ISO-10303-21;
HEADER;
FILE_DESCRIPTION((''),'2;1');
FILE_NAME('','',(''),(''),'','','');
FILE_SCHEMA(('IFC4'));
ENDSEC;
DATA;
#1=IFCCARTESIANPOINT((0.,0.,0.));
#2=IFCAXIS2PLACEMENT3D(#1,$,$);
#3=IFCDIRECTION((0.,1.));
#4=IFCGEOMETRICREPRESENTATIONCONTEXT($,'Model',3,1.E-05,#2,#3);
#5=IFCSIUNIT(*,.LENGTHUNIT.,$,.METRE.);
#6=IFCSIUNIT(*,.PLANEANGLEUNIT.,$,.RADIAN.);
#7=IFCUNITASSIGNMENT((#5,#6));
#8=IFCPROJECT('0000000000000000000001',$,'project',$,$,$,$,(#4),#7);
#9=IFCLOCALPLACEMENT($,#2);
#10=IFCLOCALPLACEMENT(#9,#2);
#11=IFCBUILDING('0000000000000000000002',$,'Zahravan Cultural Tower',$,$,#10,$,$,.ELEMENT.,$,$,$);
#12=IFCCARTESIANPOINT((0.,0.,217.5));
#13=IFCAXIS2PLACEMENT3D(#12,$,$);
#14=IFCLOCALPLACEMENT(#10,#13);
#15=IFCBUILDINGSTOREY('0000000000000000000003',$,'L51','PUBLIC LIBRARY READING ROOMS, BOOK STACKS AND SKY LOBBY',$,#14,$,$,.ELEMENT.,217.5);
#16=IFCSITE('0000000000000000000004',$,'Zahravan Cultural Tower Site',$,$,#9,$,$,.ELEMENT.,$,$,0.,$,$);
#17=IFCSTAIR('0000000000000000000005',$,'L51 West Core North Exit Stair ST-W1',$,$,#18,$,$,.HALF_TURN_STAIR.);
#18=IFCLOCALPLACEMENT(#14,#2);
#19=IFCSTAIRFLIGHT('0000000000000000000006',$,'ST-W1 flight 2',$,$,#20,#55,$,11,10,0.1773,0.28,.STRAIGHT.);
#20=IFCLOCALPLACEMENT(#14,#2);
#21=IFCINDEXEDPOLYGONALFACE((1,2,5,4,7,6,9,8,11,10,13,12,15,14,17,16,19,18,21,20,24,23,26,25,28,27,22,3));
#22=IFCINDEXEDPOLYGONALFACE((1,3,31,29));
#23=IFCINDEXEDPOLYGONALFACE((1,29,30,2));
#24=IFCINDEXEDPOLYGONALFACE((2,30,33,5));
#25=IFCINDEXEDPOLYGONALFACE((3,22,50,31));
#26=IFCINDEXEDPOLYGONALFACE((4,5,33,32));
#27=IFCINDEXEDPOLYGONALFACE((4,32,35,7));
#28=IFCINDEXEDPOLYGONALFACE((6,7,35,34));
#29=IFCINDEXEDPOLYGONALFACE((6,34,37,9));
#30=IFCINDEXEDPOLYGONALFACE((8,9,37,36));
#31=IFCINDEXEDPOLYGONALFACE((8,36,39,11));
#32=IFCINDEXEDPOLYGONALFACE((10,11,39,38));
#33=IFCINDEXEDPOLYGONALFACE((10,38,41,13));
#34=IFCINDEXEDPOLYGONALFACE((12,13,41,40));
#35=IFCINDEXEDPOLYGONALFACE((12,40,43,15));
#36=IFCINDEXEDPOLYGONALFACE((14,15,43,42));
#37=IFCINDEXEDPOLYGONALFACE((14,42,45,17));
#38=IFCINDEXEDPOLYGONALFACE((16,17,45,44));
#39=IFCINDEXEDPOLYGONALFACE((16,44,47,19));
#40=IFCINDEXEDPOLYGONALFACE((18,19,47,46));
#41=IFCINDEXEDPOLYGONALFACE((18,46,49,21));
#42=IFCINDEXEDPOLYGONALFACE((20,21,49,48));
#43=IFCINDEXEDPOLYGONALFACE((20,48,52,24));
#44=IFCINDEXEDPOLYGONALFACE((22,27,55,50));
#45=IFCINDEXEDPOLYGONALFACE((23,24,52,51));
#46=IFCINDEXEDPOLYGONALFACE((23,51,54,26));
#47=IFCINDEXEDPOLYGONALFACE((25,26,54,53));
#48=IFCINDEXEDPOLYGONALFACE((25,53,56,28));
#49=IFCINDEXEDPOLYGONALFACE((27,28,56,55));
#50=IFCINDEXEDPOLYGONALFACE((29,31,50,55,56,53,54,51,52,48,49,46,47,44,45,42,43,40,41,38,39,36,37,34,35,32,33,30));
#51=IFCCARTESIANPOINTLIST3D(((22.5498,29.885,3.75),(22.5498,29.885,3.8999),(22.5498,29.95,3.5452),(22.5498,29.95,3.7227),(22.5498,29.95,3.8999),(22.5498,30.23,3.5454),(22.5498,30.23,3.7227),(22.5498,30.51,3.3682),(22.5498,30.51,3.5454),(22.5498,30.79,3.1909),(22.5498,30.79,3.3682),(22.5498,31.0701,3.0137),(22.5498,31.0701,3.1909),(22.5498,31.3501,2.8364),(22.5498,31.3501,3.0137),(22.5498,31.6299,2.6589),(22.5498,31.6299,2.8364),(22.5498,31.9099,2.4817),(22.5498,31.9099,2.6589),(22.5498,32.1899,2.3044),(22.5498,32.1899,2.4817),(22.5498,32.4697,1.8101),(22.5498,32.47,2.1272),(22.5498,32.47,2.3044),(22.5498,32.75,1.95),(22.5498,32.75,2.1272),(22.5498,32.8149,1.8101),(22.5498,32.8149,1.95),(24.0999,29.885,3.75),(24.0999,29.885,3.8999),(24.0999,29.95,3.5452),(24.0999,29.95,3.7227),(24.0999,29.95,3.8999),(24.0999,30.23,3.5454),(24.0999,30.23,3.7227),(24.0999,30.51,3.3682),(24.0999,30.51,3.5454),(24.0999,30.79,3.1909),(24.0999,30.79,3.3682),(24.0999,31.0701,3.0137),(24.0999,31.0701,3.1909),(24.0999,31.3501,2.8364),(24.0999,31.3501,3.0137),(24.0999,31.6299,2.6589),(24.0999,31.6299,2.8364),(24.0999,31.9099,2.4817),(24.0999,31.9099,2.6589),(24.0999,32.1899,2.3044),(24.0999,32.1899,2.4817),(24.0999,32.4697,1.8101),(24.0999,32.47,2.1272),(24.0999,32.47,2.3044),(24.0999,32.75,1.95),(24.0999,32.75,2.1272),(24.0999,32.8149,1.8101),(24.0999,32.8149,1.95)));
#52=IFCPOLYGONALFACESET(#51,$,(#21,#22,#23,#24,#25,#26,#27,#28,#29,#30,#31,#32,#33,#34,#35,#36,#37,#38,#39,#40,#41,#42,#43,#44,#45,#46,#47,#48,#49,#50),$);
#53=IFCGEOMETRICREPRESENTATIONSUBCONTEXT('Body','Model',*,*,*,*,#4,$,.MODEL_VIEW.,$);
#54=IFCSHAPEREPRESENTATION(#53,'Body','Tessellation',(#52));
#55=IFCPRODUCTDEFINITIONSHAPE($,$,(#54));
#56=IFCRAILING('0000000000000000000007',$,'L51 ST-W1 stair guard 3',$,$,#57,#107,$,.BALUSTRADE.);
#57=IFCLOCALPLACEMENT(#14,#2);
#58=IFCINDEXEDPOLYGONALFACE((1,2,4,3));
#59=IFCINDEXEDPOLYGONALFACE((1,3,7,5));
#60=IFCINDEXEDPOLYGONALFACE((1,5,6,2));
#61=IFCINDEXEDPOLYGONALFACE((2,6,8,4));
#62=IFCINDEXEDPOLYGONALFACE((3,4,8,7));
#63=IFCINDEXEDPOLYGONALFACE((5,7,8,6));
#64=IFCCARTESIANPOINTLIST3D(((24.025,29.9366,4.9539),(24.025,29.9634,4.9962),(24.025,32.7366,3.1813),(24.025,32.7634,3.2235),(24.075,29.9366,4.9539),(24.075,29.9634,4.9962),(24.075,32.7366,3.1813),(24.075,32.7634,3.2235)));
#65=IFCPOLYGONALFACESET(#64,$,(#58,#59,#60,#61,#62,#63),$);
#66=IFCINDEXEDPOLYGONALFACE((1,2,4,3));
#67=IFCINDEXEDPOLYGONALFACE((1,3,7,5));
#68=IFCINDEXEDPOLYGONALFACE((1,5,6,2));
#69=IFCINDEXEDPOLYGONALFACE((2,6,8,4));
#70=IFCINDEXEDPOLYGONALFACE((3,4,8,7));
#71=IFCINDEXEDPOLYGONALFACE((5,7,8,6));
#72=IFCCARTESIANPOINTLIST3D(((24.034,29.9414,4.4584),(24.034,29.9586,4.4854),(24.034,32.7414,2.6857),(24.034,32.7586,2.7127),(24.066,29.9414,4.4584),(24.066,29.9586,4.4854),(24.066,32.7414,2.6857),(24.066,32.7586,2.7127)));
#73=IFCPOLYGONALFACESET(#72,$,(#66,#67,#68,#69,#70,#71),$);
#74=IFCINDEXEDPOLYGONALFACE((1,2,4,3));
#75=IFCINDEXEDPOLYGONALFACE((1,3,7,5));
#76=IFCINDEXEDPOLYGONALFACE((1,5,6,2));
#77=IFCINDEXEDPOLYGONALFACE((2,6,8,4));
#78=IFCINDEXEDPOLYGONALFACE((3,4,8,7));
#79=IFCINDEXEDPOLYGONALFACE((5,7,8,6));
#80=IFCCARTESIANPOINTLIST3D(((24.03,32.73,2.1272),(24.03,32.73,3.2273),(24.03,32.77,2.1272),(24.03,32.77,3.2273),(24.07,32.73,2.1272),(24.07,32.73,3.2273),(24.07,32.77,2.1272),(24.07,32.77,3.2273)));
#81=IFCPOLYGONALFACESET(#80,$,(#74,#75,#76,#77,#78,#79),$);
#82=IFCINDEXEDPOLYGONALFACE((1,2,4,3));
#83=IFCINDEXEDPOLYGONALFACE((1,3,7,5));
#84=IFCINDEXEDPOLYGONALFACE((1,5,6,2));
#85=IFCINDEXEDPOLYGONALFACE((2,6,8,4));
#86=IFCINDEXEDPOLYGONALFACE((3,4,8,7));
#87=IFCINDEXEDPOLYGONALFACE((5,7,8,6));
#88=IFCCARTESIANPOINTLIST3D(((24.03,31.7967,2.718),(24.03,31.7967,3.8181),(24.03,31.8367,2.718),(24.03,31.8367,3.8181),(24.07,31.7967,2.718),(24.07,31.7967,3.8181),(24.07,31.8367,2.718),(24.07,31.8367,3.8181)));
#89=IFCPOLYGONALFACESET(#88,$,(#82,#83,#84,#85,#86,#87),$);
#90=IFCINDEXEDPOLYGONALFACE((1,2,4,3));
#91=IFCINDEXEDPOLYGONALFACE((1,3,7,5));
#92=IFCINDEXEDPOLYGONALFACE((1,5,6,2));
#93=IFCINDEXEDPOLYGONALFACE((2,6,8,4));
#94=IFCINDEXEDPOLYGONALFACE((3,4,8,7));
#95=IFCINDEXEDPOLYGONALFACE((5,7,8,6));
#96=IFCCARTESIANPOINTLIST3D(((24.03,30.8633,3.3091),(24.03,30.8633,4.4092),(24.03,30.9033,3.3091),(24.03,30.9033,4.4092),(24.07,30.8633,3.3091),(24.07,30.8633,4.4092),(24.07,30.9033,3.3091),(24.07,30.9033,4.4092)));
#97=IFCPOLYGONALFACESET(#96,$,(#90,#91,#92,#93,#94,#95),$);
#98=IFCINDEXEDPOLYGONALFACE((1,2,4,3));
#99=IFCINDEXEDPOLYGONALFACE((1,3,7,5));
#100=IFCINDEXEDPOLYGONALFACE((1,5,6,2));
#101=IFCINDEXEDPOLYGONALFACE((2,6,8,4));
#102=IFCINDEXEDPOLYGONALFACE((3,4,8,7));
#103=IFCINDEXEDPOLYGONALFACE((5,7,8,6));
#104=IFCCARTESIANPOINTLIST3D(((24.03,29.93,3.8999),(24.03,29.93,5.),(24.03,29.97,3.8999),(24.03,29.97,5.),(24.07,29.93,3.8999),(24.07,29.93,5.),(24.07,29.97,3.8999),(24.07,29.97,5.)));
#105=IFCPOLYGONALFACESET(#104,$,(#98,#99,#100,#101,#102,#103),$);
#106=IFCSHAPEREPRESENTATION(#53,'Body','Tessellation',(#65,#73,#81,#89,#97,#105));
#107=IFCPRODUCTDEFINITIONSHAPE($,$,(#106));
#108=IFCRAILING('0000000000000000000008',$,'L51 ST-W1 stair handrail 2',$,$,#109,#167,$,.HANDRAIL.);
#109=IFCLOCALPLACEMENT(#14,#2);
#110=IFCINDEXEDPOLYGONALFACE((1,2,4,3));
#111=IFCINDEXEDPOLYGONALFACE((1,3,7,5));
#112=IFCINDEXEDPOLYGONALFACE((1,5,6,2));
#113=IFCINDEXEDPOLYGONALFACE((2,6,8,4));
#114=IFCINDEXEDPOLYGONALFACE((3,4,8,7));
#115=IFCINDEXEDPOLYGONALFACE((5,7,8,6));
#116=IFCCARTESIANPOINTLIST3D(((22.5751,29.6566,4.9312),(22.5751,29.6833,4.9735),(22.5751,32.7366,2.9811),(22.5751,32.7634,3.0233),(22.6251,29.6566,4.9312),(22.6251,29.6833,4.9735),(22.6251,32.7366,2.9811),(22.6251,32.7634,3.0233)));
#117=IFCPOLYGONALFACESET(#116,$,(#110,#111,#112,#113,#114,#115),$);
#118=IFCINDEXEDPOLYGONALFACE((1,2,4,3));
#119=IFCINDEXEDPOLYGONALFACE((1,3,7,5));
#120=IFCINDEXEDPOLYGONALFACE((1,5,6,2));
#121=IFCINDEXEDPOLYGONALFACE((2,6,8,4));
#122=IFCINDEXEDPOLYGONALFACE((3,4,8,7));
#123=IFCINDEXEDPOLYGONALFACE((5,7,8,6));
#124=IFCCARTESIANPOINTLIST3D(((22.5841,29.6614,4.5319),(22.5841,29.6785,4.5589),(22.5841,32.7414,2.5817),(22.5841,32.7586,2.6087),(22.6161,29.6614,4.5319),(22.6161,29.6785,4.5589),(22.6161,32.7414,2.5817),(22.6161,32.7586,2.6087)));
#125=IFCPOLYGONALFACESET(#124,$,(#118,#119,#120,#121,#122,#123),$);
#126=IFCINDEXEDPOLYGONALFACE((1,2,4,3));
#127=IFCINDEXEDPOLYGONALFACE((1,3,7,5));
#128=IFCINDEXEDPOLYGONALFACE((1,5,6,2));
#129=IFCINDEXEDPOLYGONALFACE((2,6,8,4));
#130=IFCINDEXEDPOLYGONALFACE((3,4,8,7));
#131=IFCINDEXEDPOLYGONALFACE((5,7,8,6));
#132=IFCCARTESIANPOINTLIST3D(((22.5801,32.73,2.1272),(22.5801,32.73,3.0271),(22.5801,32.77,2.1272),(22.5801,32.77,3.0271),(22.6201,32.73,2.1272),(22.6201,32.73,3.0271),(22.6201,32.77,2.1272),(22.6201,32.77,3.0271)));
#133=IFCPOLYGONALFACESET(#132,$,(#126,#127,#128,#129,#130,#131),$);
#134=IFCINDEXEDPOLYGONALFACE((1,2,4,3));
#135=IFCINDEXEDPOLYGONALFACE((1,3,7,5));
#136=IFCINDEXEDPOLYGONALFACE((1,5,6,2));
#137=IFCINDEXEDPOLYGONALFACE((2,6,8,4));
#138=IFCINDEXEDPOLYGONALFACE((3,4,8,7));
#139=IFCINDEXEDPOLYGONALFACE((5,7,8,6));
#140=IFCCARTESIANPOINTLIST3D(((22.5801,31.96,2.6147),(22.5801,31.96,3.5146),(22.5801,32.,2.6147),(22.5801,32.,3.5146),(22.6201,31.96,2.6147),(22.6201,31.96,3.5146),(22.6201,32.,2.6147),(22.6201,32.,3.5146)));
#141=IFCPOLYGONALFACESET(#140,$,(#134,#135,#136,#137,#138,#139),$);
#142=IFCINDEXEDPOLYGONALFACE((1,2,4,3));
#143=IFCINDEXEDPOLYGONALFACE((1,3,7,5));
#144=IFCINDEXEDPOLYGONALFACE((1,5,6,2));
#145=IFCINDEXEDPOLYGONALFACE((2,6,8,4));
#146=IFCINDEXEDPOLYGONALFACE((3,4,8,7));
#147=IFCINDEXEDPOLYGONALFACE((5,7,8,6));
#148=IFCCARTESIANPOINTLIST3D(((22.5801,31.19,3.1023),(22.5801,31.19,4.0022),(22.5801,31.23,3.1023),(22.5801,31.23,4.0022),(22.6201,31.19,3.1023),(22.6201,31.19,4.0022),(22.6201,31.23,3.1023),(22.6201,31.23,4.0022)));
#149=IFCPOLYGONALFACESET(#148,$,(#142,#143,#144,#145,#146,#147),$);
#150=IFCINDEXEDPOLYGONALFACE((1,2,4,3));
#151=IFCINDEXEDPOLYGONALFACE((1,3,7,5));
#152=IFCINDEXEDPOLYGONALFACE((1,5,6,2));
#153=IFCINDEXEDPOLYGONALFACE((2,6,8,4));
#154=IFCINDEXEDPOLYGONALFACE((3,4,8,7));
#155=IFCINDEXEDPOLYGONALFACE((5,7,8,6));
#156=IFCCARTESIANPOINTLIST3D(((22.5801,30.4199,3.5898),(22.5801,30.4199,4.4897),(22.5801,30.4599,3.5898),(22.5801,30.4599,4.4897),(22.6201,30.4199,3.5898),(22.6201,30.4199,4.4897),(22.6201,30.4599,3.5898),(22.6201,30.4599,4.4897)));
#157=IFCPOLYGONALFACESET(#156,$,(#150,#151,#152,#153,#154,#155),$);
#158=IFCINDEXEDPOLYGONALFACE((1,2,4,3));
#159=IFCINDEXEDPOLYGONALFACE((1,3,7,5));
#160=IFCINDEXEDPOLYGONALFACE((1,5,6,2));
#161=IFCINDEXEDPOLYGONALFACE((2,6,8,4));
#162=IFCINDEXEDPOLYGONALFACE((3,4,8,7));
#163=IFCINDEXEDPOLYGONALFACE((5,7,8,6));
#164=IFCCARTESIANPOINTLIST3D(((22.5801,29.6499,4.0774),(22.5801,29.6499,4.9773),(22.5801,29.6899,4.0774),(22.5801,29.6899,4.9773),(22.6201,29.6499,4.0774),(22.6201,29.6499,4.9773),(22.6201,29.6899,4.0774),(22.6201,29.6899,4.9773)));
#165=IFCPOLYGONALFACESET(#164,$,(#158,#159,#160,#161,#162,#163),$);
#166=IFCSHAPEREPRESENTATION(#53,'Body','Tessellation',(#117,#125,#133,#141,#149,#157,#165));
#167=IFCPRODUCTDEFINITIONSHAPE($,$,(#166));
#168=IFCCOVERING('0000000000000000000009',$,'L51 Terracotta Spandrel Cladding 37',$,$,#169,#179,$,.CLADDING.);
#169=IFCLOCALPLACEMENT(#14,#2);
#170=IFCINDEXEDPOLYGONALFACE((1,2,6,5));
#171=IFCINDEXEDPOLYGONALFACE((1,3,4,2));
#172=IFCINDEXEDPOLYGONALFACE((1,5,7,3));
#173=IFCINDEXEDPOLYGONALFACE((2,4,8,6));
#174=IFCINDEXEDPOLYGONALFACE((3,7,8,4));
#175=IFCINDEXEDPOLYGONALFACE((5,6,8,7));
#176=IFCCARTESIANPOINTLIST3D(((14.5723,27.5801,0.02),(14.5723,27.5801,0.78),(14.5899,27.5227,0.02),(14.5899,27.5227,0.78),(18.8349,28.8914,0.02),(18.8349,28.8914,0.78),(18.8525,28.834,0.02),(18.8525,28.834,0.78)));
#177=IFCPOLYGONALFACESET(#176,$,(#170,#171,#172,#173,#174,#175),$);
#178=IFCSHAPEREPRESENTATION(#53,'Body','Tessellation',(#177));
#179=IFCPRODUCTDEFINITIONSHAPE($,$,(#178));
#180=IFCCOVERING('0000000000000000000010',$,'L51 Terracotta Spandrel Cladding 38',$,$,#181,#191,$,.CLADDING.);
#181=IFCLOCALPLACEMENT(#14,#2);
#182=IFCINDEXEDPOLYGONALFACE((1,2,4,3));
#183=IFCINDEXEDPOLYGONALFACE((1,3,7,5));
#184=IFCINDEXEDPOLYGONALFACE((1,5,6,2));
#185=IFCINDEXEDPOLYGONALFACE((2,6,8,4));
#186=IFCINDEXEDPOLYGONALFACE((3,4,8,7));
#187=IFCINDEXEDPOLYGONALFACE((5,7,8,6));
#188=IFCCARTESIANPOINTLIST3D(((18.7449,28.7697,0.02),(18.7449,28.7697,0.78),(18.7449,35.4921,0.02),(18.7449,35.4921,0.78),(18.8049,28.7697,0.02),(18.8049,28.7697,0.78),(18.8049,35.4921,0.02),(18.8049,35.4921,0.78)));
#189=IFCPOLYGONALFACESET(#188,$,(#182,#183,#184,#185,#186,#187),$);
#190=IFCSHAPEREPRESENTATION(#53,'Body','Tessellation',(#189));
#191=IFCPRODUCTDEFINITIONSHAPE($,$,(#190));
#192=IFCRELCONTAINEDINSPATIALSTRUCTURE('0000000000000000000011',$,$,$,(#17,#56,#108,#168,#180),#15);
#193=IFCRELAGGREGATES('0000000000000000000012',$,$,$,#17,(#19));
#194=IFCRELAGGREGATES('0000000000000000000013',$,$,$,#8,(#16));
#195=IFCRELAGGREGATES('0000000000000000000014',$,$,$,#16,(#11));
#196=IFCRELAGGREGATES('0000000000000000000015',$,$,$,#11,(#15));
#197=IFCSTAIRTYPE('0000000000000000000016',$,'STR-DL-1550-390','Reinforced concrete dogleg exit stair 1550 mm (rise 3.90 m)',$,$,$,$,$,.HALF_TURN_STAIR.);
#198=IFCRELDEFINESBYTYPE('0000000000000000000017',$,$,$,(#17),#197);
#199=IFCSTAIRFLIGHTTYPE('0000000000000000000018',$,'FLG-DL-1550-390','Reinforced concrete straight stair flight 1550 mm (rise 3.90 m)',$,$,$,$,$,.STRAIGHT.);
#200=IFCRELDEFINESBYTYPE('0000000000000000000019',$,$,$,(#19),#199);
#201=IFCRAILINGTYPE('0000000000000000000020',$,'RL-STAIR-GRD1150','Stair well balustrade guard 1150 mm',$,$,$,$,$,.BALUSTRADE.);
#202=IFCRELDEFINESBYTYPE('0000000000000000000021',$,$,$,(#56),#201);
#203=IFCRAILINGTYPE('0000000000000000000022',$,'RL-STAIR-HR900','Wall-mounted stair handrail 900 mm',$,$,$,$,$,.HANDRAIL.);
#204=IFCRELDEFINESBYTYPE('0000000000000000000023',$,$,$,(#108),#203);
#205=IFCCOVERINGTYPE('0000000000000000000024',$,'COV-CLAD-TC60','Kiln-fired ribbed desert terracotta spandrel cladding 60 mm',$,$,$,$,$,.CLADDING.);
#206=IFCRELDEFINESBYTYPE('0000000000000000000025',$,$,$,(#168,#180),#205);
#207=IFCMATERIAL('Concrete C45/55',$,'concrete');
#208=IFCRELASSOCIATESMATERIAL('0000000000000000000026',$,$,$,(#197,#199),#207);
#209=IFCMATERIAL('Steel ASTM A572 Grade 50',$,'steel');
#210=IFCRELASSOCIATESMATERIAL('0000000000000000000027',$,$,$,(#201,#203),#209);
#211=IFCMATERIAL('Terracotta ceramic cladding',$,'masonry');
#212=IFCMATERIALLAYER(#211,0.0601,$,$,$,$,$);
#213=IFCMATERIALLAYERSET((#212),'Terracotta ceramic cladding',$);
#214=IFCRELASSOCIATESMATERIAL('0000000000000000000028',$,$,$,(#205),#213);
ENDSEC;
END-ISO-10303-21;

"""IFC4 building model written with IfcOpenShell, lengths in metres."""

from ifc_helpers import new_model, si_unit, direction, frame, origin, origin_2d, place, context, subcontext, project, spatial, polyline, rectangle, outline, extrude, source, transform, mapped, material, layer, layer_set, type_object, element, aggregate, save


model = new_model("IFC4")

# Units and contexts
model_context = context("Model", 3, precision=1e-05, world=origin(), true_north=direction((0.0, 1.0)))
body_context = subcontext(model_context, "Body", "Model", "MODEL_VIEW")
ifc_project = project(units=[si_unit("LENGTHUNIT", "METRE"), si_unit("PLANEANGLEUNIT", "RADIAN")], contexts=[model_context])

# Site, building, storey
site_placement = place(None, origin())
site = spatial("IfcSite", under=ifc_project, at=site_placement, Name="Zahravan Cultural Tower Site", CompositionType="ELEMENT", RefElevation=0.0)
building_placement = place(site_placement, origin())
building = spatial("IfcBuilding", under=site, at=building_placement, Name="Zahravan Cultural Tower", CompositionType="ELEMENT")
storey_placement = place(building_placement, frame((0.0, 0.0, 217.5)))
storey = spatial("IfcBuildingStorey", under=building, at=storey_placement, Name="L51", Description="PUBLIC LIBRARY READING ROOMS, BOOK STACKS AND SKY LOBBY", CompositionType="ELEMENT", Elevation=217.5)

# Shared definitions
ifc_material_1 = material(Name="Concrete C45/55", Category="concrete")

# Stair, stair flight
stair_type = type_object("IfcStairType", Name="STR-DL-1550-390", Description="Reinforced concrete dogleg exit stair 1550 mm (rise 3.90 m)", PredefinedType="HALF_TURN_STAIR", material=ifc_material_1)
stair_placement = place(storey_placement, origin())
stair = element("IfcStair", 1, at=stair_placement, inside=storey, type_object=stair_type, Name="L51 West Core North Exit Stair ST-W1", PredefinedType="HALF_TURN_STAIR")
stair_flight_type = type_object("IfcStairFlightType", Name="FLG-DL-1550-390", Description="Reinforced concrete straight stair flight 1550 mm (rise 3.90 m)", PredefinedType="STRAIGHT", material=ifc_material_1)
stair_flight_placement = place(storey_placement, frame((23.325, 32.75, 1.95), z_axis=(0.0, 0.0, 1.0), x_axis=(0.0, -1.0, 0.0)))
stair_flight = element("IfcStairFlight", 2, at=stair_flight_placement, type_object=stair_flight_type, Name="ST-W1 flight 2", NumberOfRisers=11, NumberOfTreads=10, PredefinedType="STRAIGHT", RiserHeight=0.1773, TreadLength=0.28, context=body_context, shape_type="SweptSolid", body=[
    extrude(outline(polyline([(-0.0649, -0.1399), (-0.0649, 0.0), (0.0, 0.0), (0.0, 0.1772), (0.28, 0.1772), (0.28, 0.3545), (0.5601, 0.3545), (0.5601, 0.5317), (0.8401, 0.5317), (0.8401, 0.709), (1.1201, 0.709), (1.1201, 0.8865), (1.3999, 0.8865), (1.3999, 1.0637), (1.6799, 1.0637), (1.6799, 1.241), (1.96, 1.241), (1.96, 1.4182), (2.24, 1.4182), (2.24, 1.5955), (2.52, 1.5955), (2.52, 1.7727), (2.8, 1.7727), (2.8, 1.95), (2.865, 1.95), (2.865, 1.8), (2.8, 1.5952), (0.2803, -0.1399), (-0.0649, -0.1399)])), frame((0.0, 0.7749, 0.0), z_axis=(0.0, -1.0, 0.0), x_axis=(1.0, 0.0, 0.0)), (0.0, 0.0, 1.0), 1.55),
])
aggregate(stair, [stair_flight])

# Railings
ifc_material_2 = material(Name="Steel ASTM A572 Grade 50", Category="steel")
railing_type_1 = type_object("IfcRailingType", Name="RL-STAIR-GRD1150", Description="Stair well balustrade guard 1150 mm", PredefinedType="BALUSTRADE", material=ifc_material_2)
railing_1_placement = place(storey_placement, frame((24.05, 32.75, 2.1272)))
element("IfcRailing", 3, at=railing_1_placement, inside=storey, type_object=railing_type_1, Name="L51 ST-W1 stair guard 3", PredefinedType="BALUSTRADE", context=body_context, shape_type="SweptSolid", body=[
    extrude(rectangle(XDim=0.05, YDim=0.05, at=origin_2d()), frame((0.0, 0.0, 1.0752), z_axis=(0.0, -0.844909, 0.53491), x_axis=(1.0, 0.0, 0.0)), (0.0, 0.0, 1.0), 3.314),
    extrude(rectangle(XDim=0.032, YDim=0.032, at=origin_2d()), frame((0.0, 0.0, 0.572), z_axis=(0.0, -0.844909, 0.53491), x_axis=(1.0, 0.0, 0.0)), (0.0, 0.0, 1.0), 3.314),
    extrude(rectangle(XDim=0.04, YDim=0.04, at=origin_2d()), origin(), (0.0, 0.0, 1.0), 1.1001),
    extrude(rectangle(XDim=0.04, YDim=0.04, at=origin_2d()), frame((0.0, -0.9333, 0.5908)), (0.0, 0.0, 1.0), 1.1001),
    extrude(rectangle(XDim=0.04, YDim=0.04, at=origin_2d()), frame((0.0, -1.8667, 1.1819)), (0.0, 0.0, 1.0), 1.1001),
    extrude(rectangle(XDim=0.04, YDim=0.04, at=origin_2d()), frame((0.0, -2.8, 1.7727)), (0.0, 0.0, 1.0), 1.1001),
])
railing_type_2 = type_object("IfcRailingType", Name="RL-STAIR-HR900", Description="Wall-mounted stair handrail 900 mm", PredefinedType="HANDRAIL", material=ifc_material_2)
railing_2_placement = place(storey_placement, frame((22.6001, 32.75, 2.1272)))
element("IfcRailing", 4, at=railing_2_placement, inside=storey, type_object=railing_type_2, Name="L51 ST-W1 stair handrail 2", PredefinedType="HANDRAIL", context=body_context, shape_type="SweptSolid", body=[
    extrude(rectangle(XDim=0.05, YDim=0.05, at=origin_2d()), frame((0.0, 0.0, 0.875), z_axis=(0.0, -0.844884, 0.53495), x_axis=(1.0, 0.0, 0.0)), (0.0, 0.0, 1.0), 3.6455),
    extrude(rectangle(XDim=0.032, YDim=0.032, at=origin_2d()), frame((0.0, 0.0, 0.468), z_axis=(0.0, -0.844884, 0.53495), x_axis=(1.0, 0.0, 0.0)), (0.0, 0.0, 1.0), 3.6455),
    extrude(rectangle(XDim=0.04, YDim=0.04, at=origin_2d()), origin(), (0.0, 0.0, 1.0), 0.8999),
    extrude(rectangle(XDim=0.04, YDim=0.04, at=origin_2d()), frame((0.0, -0.77, 0.4875)), (0.0, 0.0, 1.0), 0.8999),
    extrude(rectangle(XDim=0.04, YDim=0.04, at=origin_2d()), frame((0.0, -1.54, 0.9751)), (0.0, 0.0, 1.0), 0.8999),
    extrude(rectangle(XDim=0.04, YDim=0.04, at=origin_2d()), frame((0.0, -2.3101, 1.4626)), (0.0, 0.0, 1.0), 0.8999),
    extrude(rectangle(XDim=0.04, YDim=0.04, at=origin_2d()), frame((0.0, -3.0801, 1.9502)), (0.0, 0.0, 1.0), 0.8999),
])

# Coverings
ifc_material_3 = material(Name="Terracotta ceramic cladding", Category="masonry")
ifc_layer_1 = layer(ifc_material_3, 0.0601)
ifc_layer_set_1 = layer_set([ifc_layer_1], Name="Terracotta ceramic cladding")
covering_type = type_object("IfcCoveringType", Name="COV-CLAD-TC60", Description="Kiln-fired ribbed desert terracotta spandrel cladding 60 mm", PredefinedType="CLADDING", material=ifc_layer_set_1)
shared_shape_1 = source(origin(), body_context, "Body", "SweptSolid", [
    extrude(rectangle(XDim=4.4597, YDim=0.0601, at=origin_2d()), origin(), (0.0, 0.0, 1.0), 0.76),
])
covering_1_placement = place(storey_placement, frame((16.7124, 28.207, 0.02), z_axis=(0.0, 0.0, 1.0), x_axis=(0.955798, 0.294024, 0.0)))
element("IfcCovering", 5, at=covering_1_placement, inside=storey, type_object=covering_type, Name="L51 Terracotta Spandrel Cladding 37", PredefinedType="CLADDING", context=body_context, shape_type="MappedRepresentation", body=[
    mapped(shared_shape_1, transform((0.0, 0.0, 0.0), x_axis=(1.0, 0.0, 0.0), y_axis=(0.0, 1.0, 0.0), z_axis=(0.0, 0.0, 1.0), scale=1.0)),
])
shared_shape_2 = source(origin(), body_context, "Body", "SweptSolid", [
    extrude(rectangle(XDim=6.7224, YDim=0.0601, at=origin_2d()), origin(), (0.0, 0.0, 1.0), 0.76),
])
covering_2_placement = place(storey_placement, frame((18.7749, 32.1309, 0.02), z_axis=(0.0, 0.0, 1.0), x_axis=(0.0, 1.0, 0.0)))
element("IfcCovering", 6, at=covering_2_placement, inside=storey, type_object=covering_type, Name="L51 Terracotta Spandrel Cladding 38", PredefinedType="CLADDING", context=body_context, shape_type="MappedRepresentation", body=[
    mapped(shared_shape_2, transform((0.0, 0.0, 0.0), x_axis=(1.0, 0.0, 0.0), y_axis=(0.0, 1.0, 0.0), z_axis=(0.0, 0.0, 1.0), scale=1.0)),
])

save(model, "model.ifc")
